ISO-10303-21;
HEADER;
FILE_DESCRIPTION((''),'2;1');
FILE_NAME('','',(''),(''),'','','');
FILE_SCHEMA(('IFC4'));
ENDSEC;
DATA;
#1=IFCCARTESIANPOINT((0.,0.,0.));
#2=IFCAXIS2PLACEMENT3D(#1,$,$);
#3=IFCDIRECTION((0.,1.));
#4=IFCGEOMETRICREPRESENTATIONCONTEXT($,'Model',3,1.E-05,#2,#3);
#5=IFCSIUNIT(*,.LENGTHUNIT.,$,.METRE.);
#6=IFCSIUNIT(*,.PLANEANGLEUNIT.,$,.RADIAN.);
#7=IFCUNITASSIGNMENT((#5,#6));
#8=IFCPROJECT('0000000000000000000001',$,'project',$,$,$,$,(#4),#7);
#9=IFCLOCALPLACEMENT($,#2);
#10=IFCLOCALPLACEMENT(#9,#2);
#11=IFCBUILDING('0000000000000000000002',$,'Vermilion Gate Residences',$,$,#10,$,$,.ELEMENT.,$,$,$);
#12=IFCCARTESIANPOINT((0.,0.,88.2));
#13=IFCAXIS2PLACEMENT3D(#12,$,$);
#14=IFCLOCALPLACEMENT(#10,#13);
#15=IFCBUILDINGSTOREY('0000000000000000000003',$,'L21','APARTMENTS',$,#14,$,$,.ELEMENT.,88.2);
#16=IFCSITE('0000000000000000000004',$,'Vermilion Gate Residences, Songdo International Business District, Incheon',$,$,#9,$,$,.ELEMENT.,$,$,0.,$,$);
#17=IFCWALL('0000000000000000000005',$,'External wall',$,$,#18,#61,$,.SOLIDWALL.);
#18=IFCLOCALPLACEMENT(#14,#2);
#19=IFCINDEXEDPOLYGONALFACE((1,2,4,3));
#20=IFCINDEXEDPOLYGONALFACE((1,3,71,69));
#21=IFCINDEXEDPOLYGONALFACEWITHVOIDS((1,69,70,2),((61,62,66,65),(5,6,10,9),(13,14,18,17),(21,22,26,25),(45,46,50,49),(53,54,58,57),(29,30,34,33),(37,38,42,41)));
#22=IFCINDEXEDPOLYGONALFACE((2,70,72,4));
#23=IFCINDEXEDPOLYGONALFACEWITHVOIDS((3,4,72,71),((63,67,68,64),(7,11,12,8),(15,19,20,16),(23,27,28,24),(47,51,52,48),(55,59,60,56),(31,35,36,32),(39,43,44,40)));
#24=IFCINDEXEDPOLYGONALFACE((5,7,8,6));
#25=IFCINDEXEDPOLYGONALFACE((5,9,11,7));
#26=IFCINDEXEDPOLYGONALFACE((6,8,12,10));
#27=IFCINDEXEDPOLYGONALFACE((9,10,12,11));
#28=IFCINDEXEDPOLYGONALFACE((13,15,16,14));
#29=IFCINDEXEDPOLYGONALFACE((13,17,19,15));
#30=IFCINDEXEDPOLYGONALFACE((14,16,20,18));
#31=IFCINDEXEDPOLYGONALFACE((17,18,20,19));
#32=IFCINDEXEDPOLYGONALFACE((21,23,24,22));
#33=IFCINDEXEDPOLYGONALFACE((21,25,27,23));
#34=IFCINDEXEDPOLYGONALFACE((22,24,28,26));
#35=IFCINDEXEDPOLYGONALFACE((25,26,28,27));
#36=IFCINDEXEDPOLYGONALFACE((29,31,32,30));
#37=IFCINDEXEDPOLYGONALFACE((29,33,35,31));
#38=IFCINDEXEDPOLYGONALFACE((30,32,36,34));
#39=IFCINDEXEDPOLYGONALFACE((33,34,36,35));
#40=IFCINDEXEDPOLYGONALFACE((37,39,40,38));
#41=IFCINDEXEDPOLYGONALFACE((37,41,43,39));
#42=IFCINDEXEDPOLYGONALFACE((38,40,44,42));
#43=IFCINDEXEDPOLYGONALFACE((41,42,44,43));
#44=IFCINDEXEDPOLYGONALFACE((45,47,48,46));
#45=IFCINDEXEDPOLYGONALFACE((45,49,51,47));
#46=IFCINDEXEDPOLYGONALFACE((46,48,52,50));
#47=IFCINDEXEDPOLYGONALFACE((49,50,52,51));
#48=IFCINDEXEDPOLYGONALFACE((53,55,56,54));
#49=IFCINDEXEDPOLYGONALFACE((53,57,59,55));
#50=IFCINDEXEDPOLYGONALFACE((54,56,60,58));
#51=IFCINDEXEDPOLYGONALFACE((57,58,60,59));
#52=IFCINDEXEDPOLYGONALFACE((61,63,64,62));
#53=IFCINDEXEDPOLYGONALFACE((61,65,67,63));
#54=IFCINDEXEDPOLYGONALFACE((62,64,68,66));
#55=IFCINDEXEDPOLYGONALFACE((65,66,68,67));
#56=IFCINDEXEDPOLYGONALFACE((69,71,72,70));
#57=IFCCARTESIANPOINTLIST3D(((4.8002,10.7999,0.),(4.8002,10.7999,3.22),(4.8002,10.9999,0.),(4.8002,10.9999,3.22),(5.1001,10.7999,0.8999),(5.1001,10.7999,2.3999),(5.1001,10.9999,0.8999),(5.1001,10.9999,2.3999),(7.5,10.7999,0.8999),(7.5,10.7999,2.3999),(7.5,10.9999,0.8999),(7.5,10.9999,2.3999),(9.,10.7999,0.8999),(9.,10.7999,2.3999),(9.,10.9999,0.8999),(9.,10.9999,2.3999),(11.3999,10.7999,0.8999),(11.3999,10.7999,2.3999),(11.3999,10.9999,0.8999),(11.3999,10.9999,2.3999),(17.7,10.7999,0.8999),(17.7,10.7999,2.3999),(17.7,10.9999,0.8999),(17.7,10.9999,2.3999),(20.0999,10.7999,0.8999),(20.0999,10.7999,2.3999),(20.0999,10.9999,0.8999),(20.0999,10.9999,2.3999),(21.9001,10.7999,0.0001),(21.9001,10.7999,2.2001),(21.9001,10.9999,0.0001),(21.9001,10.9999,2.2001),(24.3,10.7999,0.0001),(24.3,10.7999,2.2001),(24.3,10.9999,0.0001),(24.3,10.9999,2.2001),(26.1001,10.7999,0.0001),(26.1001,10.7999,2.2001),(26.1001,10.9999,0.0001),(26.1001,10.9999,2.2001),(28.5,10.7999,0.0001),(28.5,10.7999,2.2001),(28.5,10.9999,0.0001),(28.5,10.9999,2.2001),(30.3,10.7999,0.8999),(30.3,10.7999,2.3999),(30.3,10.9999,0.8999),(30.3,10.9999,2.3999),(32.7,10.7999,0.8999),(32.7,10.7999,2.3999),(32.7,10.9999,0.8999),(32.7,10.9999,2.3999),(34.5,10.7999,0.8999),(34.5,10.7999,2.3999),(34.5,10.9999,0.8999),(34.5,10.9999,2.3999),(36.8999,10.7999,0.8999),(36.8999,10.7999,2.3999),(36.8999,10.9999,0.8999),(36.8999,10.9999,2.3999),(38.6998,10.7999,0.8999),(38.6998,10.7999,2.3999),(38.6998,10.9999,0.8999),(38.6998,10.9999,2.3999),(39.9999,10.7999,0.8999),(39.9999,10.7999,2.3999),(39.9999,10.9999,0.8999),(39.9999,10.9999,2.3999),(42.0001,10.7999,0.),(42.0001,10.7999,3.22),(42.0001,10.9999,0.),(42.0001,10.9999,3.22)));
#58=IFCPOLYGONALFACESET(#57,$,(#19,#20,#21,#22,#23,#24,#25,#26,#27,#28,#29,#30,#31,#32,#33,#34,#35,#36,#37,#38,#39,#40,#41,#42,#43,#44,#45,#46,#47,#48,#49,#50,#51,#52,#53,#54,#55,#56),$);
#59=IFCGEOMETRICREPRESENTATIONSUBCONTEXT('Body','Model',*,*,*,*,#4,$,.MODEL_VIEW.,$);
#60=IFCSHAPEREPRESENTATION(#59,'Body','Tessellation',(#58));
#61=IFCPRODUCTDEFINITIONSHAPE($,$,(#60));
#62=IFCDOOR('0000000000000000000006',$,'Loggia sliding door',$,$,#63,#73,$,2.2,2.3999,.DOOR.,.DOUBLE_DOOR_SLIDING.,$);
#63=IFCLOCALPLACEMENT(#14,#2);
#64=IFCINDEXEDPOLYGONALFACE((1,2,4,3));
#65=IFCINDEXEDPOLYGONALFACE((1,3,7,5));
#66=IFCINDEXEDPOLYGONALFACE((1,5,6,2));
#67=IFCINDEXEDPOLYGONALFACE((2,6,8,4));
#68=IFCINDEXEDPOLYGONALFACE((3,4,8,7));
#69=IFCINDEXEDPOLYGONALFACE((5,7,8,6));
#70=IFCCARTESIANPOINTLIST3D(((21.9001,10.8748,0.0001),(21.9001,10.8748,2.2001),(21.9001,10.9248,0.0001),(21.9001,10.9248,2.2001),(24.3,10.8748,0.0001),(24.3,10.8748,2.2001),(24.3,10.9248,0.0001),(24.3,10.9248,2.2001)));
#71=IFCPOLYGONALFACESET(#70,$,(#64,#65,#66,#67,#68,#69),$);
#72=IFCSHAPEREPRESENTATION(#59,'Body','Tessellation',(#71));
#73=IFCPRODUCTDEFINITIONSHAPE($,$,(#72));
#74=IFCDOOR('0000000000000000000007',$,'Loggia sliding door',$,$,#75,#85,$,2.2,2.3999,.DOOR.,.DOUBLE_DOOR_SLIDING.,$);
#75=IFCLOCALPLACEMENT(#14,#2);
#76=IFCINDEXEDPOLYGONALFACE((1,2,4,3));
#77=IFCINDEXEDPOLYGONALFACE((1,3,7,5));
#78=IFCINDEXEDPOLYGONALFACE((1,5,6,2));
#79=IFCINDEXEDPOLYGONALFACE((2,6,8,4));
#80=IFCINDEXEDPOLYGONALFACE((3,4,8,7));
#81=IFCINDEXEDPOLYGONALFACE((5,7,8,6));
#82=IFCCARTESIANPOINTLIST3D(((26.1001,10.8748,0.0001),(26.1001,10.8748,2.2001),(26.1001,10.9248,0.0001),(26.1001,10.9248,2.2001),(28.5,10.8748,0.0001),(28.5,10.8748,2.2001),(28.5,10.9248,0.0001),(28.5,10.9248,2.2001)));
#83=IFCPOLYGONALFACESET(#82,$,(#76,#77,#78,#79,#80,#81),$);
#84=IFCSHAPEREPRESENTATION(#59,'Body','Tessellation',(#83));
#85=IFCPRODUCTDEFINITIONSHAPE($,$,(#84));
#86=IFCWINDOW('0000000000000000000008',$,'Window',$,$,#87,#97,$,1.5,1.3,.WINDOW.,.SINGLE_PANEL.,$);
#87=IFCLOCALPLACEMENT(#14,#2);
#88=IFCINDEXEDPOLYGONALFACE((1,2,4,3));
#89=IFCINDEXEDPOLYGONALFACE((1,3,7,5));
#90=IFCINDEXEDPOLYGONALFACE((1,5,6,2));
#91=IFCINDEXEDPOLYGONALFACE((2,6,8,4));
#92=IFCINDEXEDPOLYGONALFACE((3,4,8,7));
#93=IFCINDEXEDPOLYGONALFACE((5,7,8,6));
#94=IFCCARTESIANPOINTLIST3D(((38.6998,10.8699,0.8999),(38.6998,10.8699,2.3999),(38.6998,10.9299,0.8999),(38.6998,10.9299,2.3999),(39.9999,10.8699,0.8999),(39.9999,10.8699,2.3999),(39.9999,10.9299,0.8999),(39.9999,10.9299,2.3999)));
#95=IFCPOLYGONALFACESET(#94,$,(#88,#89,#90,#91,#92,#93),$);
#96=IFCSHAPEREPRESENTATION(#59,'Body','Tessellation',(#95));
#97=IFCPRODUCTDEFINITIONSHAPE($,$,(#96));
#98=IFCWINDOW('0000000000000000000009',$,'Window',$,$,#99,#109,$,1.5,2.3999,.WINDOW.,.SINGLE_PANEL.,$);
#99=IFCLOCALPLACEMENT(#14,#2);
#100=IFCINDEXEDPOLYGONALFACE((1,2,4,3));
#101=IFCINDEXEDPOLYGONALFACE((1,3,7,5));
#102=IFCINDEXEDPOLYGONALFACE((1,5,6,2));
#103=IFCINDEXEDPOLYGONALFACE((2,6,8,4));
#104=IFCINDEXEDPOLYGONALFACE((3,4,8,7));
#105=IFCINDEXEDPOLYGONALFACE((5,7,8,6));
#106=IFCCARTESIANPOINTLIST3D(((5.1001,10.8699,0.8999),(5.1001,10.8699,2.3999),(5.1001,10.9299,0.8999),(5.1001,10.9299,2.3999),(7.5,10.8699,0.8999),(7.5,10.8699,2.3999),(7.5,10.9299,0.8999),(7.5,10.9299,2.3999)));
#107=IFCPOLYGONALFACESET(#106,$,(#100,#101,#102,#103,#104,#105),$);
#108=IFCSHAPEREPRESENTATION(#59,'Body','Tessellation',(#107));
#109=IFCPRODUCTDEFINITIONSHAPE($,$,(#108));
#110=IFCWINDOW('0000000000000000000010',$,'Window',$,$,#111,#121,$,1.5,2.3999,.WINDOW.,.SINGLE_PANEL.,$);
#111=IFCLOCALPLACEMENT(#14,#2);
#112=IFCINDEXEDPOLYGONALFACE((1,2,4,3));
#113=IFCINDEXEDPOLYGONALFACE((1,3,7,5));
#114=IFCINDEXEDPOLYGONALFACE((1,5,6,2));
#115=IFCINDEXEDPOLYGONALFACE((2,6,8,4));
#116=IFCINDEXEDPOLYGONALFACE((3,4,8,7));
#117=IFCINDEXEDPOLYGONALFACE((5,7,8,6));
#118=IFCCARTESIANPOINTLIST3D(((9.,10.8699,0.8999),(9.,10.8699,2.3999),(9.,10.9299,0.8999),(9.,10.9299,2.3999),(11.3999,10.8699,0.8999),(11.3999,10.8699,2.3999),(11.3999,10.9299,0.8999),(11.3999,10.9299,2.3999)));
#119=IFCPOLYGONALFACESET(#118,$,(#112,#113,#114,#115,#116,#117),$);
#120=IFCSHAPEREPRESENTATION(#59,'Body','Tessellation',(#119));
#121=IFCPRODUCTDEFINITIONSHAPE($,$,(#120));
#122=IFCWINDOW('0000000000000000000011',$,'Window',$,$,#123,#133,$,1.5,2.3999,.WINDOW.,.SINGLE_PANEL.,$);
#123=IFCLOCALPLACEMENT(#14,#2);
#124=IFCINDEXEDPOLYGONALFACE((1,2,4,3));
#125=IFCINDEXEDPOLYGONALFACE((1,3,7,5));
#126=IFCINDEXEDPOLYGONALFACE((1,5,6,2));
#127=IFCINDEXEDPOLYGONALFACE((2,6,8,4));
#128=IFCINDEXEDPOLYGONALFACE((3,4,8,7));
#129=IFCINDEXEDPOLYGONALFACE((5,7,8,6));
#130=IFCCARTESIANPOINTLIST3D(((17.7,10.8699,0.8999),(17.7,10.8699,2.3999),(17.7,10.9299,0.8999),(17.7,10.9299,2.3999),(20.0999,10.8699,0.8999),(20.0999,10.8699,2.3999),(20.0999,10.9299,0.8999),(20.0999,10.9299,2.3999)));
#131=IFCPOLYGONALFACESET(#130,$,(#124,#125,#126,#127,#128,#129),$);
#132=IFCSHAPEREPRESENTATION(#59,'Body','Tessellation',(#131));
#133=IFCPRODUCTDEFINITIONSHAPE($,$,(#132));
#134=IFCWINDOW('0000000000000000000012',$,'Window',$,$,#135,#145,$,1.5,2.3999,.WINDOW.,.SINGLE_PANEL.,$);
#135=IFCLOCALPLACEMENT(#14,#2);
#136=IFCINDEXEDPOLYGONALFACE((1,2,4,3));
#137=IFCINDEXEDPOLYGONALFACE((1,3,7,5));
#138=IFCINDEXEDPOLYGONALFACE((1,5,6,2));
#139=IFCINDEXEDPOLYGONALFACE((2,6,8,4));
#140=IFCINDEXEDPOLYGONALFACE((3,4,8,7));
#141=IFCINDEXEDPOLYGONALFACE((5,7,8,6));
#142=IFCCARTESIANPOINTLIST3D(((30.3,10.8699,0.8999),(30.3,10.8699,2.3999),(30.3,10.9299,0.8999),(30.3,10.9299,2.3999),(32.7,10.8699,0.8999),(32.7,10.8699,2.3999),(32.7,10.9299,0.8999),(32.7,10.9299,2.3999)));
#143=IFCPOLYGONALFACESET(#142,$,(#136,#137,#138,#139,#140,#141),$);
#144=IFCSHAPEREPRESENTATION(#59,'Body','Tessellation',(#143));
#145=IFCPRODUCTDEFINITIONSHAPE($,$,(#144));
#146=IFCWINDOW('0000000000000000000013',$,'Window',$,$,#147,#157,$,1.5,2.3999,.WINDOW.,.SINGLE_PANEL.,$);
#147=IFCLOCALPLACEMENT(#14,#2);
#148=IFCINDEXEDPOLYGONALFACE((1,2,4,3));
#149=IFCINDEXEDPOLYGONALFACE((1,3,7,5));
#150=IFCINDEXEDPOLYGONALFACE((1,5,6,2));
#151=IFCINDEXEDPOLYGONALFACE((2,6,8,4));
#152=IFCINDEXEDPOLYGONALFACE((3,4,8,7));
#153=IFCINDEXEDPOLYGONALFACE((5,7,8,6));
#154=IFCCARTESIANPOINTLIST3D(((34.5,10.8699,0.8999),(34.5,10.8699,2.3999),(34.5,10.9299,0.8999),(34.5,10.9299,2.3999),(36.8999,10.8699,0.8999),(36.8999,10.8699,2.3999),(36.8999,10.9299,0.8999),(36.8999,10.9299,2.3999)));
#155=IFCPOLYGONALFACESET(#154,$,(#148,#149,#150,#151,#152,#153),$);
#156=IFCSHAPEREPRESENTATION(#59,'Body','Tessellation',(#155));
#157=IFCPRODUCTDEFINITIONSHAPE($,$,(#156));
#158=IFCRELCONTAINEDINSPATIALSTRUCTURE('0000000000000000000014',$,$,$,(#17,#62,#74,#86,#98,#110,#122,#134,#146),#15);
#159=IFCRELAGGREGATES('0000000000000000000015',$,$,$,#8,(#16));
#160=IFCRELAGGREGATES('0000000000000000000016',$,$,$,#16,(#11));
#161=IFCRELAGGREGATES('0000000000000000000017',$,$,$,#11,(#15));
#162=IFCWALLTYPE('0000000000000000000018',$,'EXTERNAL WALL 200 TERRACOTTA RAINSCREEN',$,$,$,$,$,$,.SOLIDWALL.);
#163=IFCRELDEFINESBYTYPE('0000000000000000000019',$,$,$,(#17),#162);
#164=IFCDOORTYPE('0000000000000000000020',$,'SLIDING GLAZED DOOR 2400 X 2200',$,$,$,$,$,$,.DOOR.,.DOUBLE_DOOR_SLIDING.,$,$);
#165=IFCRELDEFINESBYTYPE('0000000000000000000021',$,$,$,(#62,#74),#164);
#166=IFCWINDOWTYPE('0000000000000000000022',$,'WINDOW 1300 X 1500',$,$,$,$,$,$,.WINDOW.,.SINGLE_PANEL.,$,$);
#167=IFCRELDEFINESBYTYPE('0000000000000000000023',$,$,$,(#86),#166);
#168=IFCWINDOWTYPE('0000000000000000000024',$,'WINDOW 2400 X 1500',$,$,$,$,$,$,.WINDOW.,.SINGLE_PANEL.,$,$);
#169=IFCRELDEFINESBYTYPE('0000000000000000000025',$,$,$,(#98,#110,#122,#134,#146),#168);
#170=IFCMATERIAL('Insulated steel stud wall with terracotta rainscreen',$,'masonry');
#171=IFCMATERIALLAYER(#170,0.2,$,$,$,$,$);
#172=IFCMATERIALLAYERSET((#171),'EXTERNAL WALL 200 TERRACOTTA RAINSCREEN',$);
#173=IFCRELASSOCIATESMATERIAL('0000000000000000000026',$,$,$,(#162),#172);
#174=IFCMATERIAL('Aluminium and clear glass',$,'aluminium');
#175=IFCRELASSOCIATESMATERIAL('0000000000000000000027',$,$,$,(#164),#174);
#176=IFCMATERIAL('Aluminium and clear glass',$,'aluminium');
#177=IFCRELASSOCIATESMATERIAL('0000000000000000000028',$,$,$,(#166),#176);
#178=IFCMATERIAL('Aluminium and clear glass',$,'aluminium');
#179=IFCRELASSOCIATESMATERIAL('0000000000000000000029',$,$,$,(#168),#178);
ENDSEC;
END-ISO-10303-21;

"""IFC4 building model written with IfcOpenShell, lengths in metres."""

from ifc_helpers import new_model, si_unit, direction, frame, frame_2d, origin, place, context, subcontext, project, spatial, rectangle, extrude, material, layer, layer_set, type_object, element, fill, save


model = new_model("IFC4")

# Units and contexts
model_context = context("Model", 3, precision=1e-05, world=origin(), true_north=direction((0.0, 1.0)))
body_context = subcontext(model_context, "Body", "Model", "MODEL_VIEW")
ifc_project = project(units=[si_unit("LENGTHUNIT", "METRE"), si_unit("PLANEANGLEUNIT", "RADIAN")], contexts=[model_context])

# Site, building, storey
site_placement = place(None, origin())
site = spatial("IfcSite", under=ifc_project, at=site_placement, Name="Vermilion Gate Residences, Songdo International Business District, Incheon", CompositionType="ELEMENT", RefElevation=0.0)
building_placement = place(site_placement, origin())
building = spatial("IfcBuilding", under=site, at=building_placement, Name="Vermilion Gate Residences", CompositionType="ELEMENT")
storey_placement = place(building_placement, frame((0.0, 0.0, 88.2)))
storey = spatial("IfcBuildingStorey", under=building, at=storey_placement, Name="L21", Description="APARTMENTS", CompositionType="ELEMENT", Elevation=88.2)

# Shared definitions
ifc_material_1 = material(Name="Insulated steel stud wall with terracotta rainscreen", Category="masonry")
ifc_layer_1 = layer(ifc_material_1, 0.2)
ifc_layer_set_1 = layer_set([ifc_layer_1], Name="EXTERNAL WALL 200 TERRACOTTA RAINSCREEN")
wall_type_1 = type_object("IfcWallType", Name="EXTERNAL WALL 200 TERRACOTTA RAINSCREEN", PredefinedType="SOLIDWALL", material=ifc_layer_set_1)

# Wall, openings, doors, windows
wall_1_placement = place(storey_placement, frame((4.8, 10.8999, 0.0), z_axis=(0.0, 0.0, 1.0), x_axis=(1.0, 0.0, 0.0)))
wall_1 = element("IfcWall", 1, at=wall_1_placement, inside=storey, type_object=wall_type_1, Name="External wall", PredefinedType="SOLIDWALL", context=body_context, shape_type="SweptSolid", body=[
    extrude(rectangle(XDim=37.2, YDim=0.2, at=frame_2d((18.6001, 0.0))), origin(), (0.0, 0.0, 1.0), 3.22),
])
opening_1_placement = place(wall_1_placement, frame((0.3, 0.0, 0.8999)))
opening_1 = element("IfcOpeningElement", 2, at=opening_1_placement, cuts=wall_1, PredefinedType="OPENING", context=body_context, shape_type="SweptSolid", body=[
    extrude(rectangle(XDim=2.3999, YDim=1.5, at=frame_2d((1.2, 0.75))), frame((0.0, 0.1099, 0.0), z_axis=(0.0, -1.0, 0.0), x_axis=(1.0, 0.0, 0.0)), (0.0, 0.0, 1.0), 0.22),
])
opening_2_placement = place(wall_1_placement, frame((4.2, 0.0, 0.8999)))
opening_2 = element("IfcOpeningElement", 3, at=opening_2_placement, cuts=wall_1, PredefinedType="OPENING", context=body_context, shape_type="SweptSolid", body=[
    extrude(rectangle(XDim=2.3999, YDim=1.5, at=frame_2d((1.2, 0.75))), frame((0.0, 0.1099, 0.0), z_axis=(0.0, -1.0, 0.0), x_axis=(1.0, 0.0, 0.0)), (0.0, 0.0, 1.0), 0.22),
])
opening_3_placement = place(wall_1_placement, frame((12.8999, 0.0, 0.8999)))
opening_3 = element("IfcOpeningElement", 4, at=opening_3_placement, cuts=wall_1, PredefinedType="OPENING", context=body_context, shape_type="SweptSolid", body=[
    extrude(rectangle(XDim=2.3999, YDim=1.5, at=frame_2d((1.2, 0.75))), frame((0.0, 0.1099, 0.0), z_axis=(0.0, -1.0, 0.0), x_axis=(1.0, 0.0, 0.0)), (0.0, 0.0, 1.0), 0.22),
])
opening_4_placement = place(wall_1_placement, frame((17.1001, 0.0, 0.0)))
opening_4 = element("IfcOpeningElement", 5, at=opening_4_placement, cuts=wall_1, PredefinedType="OPENING", context=body_context, shape_type="SweptSolid", body=[
    extrude(rectangle(XDim=2.3999, YDim=2.2, at=frame_2d((1.2, 1.1001))), frame((0.0, 0.1099, 0.0), z_axis=(0.0, -1.0, 0.0), x_axis=(1.0, 0.0, 0.0)), (0.0, 0.0, 1.0), 0.22),
])
opening_5_placement = place(wall_1_placement, frame((21.3, 0.0, 0.0)))
opening_5 = element("IfcOpeningElement", 6, at=opening_5_placement, cuts=wall_1, PredefinedType="OPENING", context=body_context, shape_type="SweptSolid", body=[
    extrude(rectangle(XDim=2.3999, YDim=2.2, at=frame_2d((1.2, 1.1001))), frame((0.0, 0.1099, 0.0), z_axis=(0.0, -1.0, 0.0), x_axis=(1.0, 0.0, 0.0)), (0.0, 0.0, 1.0), 0.22),
])
opening_6_placement = place(wall_1_placement, frame((25.5, 0.0, 0.8999)))
opening_6 = element("IfcOpeningElement", 7, at=opening_6_placement, cuts=wall_1, PredefinedType="OPENING", context=body_context, shape_type="SweptSolid", body=[
    extrude(rectangle(XDim=2.3999, YDim=1.5, at=frame_2d((1.2, 0.75))), frame((0.0, 0.1099, 0.0), z_axis=(0.0, -1.0, 0.0), x_axis=(1.0, 0.0, 0.0)), (0.0, 0.0, 1.0), 0.22),
])
opening_7_placement = place(wall_1_placement, frame((29.7, 0.0, 0.8999)))
opening_7 = element("IfcOpeningElement", 8, at=opening_7_placement, cuts=wall_1, PredefinedType="OPENING", context=body_context, shape_type="SweptSolid", body=[
    extrude(rectangle(XDim=2.3999, YDim=1.5, at=frame_2d((1.2, 0.75))), frame((0.0, 0.1099, 0.0), z_axis=(0.0, -1.0, 0.0), x_axis=(1.0, 0.0, 0.0)), (0.0, 0.0, 1.0), 0.22),
])
opening_8_placement = place(wall_1_placement, frame((33.8999, 0.0, 0.8999)))
opening_8 = element("IfcOpeningElement", 9, at=opening_8_placement, cuts=wall_1, PredefinedType="OPENING", context=body_context, shape_type="SweptSolid", body=[
    extrude(rectangle(XDim=1.3, YDim=1.5, at=frame_2d((0.6499, 0.75))), frame((0.0, 0.1099, 0.0), z_axis=(0.0, -1.0, 0.0), x_axis=(1.0, 0.0, 0.0)), (0.0, 0.0, 1.0), 0.22),
])
ifc_material_2 = material(Name="Aluminium and clear glass", Category="aluminium")
door_type_1 = type_object("IfcDoorType", Name="SLIDING GLAZED DOOR 2400 X 2200", OperationType="DOUBLE_DOOR_SLIDING", PredefinedType="DOOR", material=ifc_material_2)
door_1_placement = place(opening_4_placement, origin())
door_1 = element("IfcDoor", 10, at=door_1_placement, inside=storey, type_object=door_type_1, Name="Loggia sliding door", OperationType="DOUBLE_DOOR_SLIDING", OverallHeight=2.2, OverallWidth=2.3999, PredefinedType="DOOR", context=body_context, shape_type="SweptSolid", body=[
    extrude(rectangle(XDim=2.3999, YDim=2.2, at=frame_2d((1.2, 1.1001))), frame((0.0, 0.0249, 0.0), z_axis=(0.0, -1.0, 0.0), x_axis=(1.0, 0.0, 0.0)), (0.0, 0.0, 1.0), 0.05),
])
fill(opening_4, door_1)
door_2_placement = place(opening_5_placement, origin())
door_2 = element("IfcDoor", 11, at=door_2_placement, inside=storey, type_object=door_type_1, Name="Loggia sliding door", OperationType="DOUBLE_DOOR_SLIDING", OverallHeight=2.2, OverallWidth=2.3999, PredefinedType="DOOR", context=body_context, shape_type="SweptSolid", body=[
    extrude(rectangle(XDim=2.3999, YDim=2.2, at=frame_2d((1.2, 1.1001))), frame((0.0, 0.0249, 0.0), z_axis=(0.0, -1.0, 0.0), x_axis=(1.0, 0.0, 0.0)), (0.0, 0.0, 1.0), 0.05),
])
fill(opening_5, door_2)
ifc_material_3 = material(Name="Aluminium and clear glass", Category="aluminium")
window_type_1 = type_object("IfcWindowType", Name="WINDOW 1300 X 1500", PartitioningType="SINGLE_PANEL", PredefinedType="WINDOW", material=ifc_material_3)
window_1_placement = place(opening_8_placement, origin())
window_1 = element("IfcWindow", 12, at=window_1_placement, inside=storey, type_object=window_type_1, Name="Window", OverallHeight=1.5, OverallWidth=1.3, PartitioningType="SINGLE_PANEL", PredefinedType="WINDOW", context=body_context, shape_type="SweptSolid", body=[
    extrude(rectangle(XDim=1.3, YDim=1.5, at=frame_2d((0.6499, 0.75))), frame((0.0, 0.03, 0.0), z_axis=(0.0, -1.0, 0.0), x_axis=(1.0, 0.0, 0.0)), (0.0, 0.0, 1.0), 0.0601),
])
fill(opening_8, window_1)
ifc_material_4 = material(Name="Aluminium and clear glass", Category="aluminium")
window_type_2 = type_object("IfcWindowType", Name="WINDOW 2400 X 1500", PartitioningType="SINGLE_PANEL", PredefinedType="WINDOW", material=ifc_material_4)
window_2_placement = place(opening_1_placement, origin())
window_2 = element("IfcWindow", 13, at=window_2_placement, inside=storey, type_object=window_type_2, Name="Window", OverallHeight=1.5, OverallWidth=2.3999, PartitioningType="SINGLE_PANEL", PredefinedType="WINDOW", context=body_context, shape_type="SweptSolid", body=[
    extrude(rectangle(XDim=2.3999, YDim=1.5, at=frame_2d((1.2, 0.75))), frame((0.0, 0.03, 0.0), z_axis=(0.0, -1.0, 0.0), x_axis=(1.0, 0.0, 0.0)), (0.0, 0.0, 1.0), 0.0601),
])
fill(opening_1, window_2)
window_3_placement = place(opening_2_placement, origin())
window_3 = element("IfcWindow", 14, at=window_3_placement, inside=storey, type_object=window_type_2, Name="Window", OverallHeight=1.5, OverallWidth=2.3999, PartitioningType="SINGLE_PANEL", PredefinedType="WINDOW", context=body_context, shape_type="SweptSolid", body=[
    extrude(rectangle(XDim=2.3999, YDim=1.5, at=frame_2d((1.2, 0.75))), frame((0.0, 0.03, 0.0), z_axis=(0.0, -1.0, 0.0), x_axis=(1.0, 0.0, 0.0)), (0.0, 0.0, 1.0), 0.0601),
])
fill(opening_2, window_3)
window_4_placement = place(opening_3_placement, origin())
window_4 = element("IfcWindow", 15, at=window_4_placement, inside=storey, type_object=window_type_2, Name="Window", OverallHeight=1.5, OverallWidth=2.3999, PartitioningType="SINGLE_PANEL", PredefinedType="WINDOW", context=body_context, shape_type="SweptSolid", body=[
    extrude(rectangle(XDim=2.3999, YDim=1.5, at=frame_2d((1.2, 0.75))), frame((0.0, 0.03, 0.0), z_axis=(0.0, -1.0, 0.0), x_axis=(1.0, 0.0, 0.0)), (0.0, 0.0, 1.0), 0.0601),
])
fill(opening_3, window_4)
window_5_placement = place(opening_6_placement, origin())
window_5 = element("IfcWindow", 16, at=window_5_placement, inside=storey, type_object=window_type_2, Name="Window", OverallHeight=1.5, OverallWidth=2.3999, PartitioningType="SINGLE_PANEL", PredefinedType="WINDOW", context=body_context, shape_type="SweptSolid", body=[
    extrude(rectangle(XDim=2.3999, YDim=1.5, at=frame_2d((1.2, 0.75))), frame((0.0, 0.03, 0.0), z_axis=(0.0, -1.0, 0.0), x_axis=(1.0, 0.0, 0.0)), (0.0, 0.0, 1.0), 0.0601),
])
fill(opening_6, window_5)
window_6_placement = place(opening_7_placement, origin())
window_6 = element("IfcWindow", 17, at=window_6_placement, inside=storey, type_object=window_type_2, Name="Window", OverallHeight=1.5, OverallWidth=2.3999, PartitioningType="SINGLE_PANEL", PredefinedType="WINDOW", context=body_context, shape_type="SweptSolid", body=[
    extrude(rectangle(XDim=2.3999, YDim=1.5, at=frame_2d((1.2, 0.75))), frame((0.0, 0.03, 0.0), z_axis=(0.0, -1.0, 0.0), x_axis=(1.0, 0.0, 0.0)), (0.0, 0.0, 1.0), 0.0601),
])
fill(opening_7, window_6)

save(model, "model.ifc")
